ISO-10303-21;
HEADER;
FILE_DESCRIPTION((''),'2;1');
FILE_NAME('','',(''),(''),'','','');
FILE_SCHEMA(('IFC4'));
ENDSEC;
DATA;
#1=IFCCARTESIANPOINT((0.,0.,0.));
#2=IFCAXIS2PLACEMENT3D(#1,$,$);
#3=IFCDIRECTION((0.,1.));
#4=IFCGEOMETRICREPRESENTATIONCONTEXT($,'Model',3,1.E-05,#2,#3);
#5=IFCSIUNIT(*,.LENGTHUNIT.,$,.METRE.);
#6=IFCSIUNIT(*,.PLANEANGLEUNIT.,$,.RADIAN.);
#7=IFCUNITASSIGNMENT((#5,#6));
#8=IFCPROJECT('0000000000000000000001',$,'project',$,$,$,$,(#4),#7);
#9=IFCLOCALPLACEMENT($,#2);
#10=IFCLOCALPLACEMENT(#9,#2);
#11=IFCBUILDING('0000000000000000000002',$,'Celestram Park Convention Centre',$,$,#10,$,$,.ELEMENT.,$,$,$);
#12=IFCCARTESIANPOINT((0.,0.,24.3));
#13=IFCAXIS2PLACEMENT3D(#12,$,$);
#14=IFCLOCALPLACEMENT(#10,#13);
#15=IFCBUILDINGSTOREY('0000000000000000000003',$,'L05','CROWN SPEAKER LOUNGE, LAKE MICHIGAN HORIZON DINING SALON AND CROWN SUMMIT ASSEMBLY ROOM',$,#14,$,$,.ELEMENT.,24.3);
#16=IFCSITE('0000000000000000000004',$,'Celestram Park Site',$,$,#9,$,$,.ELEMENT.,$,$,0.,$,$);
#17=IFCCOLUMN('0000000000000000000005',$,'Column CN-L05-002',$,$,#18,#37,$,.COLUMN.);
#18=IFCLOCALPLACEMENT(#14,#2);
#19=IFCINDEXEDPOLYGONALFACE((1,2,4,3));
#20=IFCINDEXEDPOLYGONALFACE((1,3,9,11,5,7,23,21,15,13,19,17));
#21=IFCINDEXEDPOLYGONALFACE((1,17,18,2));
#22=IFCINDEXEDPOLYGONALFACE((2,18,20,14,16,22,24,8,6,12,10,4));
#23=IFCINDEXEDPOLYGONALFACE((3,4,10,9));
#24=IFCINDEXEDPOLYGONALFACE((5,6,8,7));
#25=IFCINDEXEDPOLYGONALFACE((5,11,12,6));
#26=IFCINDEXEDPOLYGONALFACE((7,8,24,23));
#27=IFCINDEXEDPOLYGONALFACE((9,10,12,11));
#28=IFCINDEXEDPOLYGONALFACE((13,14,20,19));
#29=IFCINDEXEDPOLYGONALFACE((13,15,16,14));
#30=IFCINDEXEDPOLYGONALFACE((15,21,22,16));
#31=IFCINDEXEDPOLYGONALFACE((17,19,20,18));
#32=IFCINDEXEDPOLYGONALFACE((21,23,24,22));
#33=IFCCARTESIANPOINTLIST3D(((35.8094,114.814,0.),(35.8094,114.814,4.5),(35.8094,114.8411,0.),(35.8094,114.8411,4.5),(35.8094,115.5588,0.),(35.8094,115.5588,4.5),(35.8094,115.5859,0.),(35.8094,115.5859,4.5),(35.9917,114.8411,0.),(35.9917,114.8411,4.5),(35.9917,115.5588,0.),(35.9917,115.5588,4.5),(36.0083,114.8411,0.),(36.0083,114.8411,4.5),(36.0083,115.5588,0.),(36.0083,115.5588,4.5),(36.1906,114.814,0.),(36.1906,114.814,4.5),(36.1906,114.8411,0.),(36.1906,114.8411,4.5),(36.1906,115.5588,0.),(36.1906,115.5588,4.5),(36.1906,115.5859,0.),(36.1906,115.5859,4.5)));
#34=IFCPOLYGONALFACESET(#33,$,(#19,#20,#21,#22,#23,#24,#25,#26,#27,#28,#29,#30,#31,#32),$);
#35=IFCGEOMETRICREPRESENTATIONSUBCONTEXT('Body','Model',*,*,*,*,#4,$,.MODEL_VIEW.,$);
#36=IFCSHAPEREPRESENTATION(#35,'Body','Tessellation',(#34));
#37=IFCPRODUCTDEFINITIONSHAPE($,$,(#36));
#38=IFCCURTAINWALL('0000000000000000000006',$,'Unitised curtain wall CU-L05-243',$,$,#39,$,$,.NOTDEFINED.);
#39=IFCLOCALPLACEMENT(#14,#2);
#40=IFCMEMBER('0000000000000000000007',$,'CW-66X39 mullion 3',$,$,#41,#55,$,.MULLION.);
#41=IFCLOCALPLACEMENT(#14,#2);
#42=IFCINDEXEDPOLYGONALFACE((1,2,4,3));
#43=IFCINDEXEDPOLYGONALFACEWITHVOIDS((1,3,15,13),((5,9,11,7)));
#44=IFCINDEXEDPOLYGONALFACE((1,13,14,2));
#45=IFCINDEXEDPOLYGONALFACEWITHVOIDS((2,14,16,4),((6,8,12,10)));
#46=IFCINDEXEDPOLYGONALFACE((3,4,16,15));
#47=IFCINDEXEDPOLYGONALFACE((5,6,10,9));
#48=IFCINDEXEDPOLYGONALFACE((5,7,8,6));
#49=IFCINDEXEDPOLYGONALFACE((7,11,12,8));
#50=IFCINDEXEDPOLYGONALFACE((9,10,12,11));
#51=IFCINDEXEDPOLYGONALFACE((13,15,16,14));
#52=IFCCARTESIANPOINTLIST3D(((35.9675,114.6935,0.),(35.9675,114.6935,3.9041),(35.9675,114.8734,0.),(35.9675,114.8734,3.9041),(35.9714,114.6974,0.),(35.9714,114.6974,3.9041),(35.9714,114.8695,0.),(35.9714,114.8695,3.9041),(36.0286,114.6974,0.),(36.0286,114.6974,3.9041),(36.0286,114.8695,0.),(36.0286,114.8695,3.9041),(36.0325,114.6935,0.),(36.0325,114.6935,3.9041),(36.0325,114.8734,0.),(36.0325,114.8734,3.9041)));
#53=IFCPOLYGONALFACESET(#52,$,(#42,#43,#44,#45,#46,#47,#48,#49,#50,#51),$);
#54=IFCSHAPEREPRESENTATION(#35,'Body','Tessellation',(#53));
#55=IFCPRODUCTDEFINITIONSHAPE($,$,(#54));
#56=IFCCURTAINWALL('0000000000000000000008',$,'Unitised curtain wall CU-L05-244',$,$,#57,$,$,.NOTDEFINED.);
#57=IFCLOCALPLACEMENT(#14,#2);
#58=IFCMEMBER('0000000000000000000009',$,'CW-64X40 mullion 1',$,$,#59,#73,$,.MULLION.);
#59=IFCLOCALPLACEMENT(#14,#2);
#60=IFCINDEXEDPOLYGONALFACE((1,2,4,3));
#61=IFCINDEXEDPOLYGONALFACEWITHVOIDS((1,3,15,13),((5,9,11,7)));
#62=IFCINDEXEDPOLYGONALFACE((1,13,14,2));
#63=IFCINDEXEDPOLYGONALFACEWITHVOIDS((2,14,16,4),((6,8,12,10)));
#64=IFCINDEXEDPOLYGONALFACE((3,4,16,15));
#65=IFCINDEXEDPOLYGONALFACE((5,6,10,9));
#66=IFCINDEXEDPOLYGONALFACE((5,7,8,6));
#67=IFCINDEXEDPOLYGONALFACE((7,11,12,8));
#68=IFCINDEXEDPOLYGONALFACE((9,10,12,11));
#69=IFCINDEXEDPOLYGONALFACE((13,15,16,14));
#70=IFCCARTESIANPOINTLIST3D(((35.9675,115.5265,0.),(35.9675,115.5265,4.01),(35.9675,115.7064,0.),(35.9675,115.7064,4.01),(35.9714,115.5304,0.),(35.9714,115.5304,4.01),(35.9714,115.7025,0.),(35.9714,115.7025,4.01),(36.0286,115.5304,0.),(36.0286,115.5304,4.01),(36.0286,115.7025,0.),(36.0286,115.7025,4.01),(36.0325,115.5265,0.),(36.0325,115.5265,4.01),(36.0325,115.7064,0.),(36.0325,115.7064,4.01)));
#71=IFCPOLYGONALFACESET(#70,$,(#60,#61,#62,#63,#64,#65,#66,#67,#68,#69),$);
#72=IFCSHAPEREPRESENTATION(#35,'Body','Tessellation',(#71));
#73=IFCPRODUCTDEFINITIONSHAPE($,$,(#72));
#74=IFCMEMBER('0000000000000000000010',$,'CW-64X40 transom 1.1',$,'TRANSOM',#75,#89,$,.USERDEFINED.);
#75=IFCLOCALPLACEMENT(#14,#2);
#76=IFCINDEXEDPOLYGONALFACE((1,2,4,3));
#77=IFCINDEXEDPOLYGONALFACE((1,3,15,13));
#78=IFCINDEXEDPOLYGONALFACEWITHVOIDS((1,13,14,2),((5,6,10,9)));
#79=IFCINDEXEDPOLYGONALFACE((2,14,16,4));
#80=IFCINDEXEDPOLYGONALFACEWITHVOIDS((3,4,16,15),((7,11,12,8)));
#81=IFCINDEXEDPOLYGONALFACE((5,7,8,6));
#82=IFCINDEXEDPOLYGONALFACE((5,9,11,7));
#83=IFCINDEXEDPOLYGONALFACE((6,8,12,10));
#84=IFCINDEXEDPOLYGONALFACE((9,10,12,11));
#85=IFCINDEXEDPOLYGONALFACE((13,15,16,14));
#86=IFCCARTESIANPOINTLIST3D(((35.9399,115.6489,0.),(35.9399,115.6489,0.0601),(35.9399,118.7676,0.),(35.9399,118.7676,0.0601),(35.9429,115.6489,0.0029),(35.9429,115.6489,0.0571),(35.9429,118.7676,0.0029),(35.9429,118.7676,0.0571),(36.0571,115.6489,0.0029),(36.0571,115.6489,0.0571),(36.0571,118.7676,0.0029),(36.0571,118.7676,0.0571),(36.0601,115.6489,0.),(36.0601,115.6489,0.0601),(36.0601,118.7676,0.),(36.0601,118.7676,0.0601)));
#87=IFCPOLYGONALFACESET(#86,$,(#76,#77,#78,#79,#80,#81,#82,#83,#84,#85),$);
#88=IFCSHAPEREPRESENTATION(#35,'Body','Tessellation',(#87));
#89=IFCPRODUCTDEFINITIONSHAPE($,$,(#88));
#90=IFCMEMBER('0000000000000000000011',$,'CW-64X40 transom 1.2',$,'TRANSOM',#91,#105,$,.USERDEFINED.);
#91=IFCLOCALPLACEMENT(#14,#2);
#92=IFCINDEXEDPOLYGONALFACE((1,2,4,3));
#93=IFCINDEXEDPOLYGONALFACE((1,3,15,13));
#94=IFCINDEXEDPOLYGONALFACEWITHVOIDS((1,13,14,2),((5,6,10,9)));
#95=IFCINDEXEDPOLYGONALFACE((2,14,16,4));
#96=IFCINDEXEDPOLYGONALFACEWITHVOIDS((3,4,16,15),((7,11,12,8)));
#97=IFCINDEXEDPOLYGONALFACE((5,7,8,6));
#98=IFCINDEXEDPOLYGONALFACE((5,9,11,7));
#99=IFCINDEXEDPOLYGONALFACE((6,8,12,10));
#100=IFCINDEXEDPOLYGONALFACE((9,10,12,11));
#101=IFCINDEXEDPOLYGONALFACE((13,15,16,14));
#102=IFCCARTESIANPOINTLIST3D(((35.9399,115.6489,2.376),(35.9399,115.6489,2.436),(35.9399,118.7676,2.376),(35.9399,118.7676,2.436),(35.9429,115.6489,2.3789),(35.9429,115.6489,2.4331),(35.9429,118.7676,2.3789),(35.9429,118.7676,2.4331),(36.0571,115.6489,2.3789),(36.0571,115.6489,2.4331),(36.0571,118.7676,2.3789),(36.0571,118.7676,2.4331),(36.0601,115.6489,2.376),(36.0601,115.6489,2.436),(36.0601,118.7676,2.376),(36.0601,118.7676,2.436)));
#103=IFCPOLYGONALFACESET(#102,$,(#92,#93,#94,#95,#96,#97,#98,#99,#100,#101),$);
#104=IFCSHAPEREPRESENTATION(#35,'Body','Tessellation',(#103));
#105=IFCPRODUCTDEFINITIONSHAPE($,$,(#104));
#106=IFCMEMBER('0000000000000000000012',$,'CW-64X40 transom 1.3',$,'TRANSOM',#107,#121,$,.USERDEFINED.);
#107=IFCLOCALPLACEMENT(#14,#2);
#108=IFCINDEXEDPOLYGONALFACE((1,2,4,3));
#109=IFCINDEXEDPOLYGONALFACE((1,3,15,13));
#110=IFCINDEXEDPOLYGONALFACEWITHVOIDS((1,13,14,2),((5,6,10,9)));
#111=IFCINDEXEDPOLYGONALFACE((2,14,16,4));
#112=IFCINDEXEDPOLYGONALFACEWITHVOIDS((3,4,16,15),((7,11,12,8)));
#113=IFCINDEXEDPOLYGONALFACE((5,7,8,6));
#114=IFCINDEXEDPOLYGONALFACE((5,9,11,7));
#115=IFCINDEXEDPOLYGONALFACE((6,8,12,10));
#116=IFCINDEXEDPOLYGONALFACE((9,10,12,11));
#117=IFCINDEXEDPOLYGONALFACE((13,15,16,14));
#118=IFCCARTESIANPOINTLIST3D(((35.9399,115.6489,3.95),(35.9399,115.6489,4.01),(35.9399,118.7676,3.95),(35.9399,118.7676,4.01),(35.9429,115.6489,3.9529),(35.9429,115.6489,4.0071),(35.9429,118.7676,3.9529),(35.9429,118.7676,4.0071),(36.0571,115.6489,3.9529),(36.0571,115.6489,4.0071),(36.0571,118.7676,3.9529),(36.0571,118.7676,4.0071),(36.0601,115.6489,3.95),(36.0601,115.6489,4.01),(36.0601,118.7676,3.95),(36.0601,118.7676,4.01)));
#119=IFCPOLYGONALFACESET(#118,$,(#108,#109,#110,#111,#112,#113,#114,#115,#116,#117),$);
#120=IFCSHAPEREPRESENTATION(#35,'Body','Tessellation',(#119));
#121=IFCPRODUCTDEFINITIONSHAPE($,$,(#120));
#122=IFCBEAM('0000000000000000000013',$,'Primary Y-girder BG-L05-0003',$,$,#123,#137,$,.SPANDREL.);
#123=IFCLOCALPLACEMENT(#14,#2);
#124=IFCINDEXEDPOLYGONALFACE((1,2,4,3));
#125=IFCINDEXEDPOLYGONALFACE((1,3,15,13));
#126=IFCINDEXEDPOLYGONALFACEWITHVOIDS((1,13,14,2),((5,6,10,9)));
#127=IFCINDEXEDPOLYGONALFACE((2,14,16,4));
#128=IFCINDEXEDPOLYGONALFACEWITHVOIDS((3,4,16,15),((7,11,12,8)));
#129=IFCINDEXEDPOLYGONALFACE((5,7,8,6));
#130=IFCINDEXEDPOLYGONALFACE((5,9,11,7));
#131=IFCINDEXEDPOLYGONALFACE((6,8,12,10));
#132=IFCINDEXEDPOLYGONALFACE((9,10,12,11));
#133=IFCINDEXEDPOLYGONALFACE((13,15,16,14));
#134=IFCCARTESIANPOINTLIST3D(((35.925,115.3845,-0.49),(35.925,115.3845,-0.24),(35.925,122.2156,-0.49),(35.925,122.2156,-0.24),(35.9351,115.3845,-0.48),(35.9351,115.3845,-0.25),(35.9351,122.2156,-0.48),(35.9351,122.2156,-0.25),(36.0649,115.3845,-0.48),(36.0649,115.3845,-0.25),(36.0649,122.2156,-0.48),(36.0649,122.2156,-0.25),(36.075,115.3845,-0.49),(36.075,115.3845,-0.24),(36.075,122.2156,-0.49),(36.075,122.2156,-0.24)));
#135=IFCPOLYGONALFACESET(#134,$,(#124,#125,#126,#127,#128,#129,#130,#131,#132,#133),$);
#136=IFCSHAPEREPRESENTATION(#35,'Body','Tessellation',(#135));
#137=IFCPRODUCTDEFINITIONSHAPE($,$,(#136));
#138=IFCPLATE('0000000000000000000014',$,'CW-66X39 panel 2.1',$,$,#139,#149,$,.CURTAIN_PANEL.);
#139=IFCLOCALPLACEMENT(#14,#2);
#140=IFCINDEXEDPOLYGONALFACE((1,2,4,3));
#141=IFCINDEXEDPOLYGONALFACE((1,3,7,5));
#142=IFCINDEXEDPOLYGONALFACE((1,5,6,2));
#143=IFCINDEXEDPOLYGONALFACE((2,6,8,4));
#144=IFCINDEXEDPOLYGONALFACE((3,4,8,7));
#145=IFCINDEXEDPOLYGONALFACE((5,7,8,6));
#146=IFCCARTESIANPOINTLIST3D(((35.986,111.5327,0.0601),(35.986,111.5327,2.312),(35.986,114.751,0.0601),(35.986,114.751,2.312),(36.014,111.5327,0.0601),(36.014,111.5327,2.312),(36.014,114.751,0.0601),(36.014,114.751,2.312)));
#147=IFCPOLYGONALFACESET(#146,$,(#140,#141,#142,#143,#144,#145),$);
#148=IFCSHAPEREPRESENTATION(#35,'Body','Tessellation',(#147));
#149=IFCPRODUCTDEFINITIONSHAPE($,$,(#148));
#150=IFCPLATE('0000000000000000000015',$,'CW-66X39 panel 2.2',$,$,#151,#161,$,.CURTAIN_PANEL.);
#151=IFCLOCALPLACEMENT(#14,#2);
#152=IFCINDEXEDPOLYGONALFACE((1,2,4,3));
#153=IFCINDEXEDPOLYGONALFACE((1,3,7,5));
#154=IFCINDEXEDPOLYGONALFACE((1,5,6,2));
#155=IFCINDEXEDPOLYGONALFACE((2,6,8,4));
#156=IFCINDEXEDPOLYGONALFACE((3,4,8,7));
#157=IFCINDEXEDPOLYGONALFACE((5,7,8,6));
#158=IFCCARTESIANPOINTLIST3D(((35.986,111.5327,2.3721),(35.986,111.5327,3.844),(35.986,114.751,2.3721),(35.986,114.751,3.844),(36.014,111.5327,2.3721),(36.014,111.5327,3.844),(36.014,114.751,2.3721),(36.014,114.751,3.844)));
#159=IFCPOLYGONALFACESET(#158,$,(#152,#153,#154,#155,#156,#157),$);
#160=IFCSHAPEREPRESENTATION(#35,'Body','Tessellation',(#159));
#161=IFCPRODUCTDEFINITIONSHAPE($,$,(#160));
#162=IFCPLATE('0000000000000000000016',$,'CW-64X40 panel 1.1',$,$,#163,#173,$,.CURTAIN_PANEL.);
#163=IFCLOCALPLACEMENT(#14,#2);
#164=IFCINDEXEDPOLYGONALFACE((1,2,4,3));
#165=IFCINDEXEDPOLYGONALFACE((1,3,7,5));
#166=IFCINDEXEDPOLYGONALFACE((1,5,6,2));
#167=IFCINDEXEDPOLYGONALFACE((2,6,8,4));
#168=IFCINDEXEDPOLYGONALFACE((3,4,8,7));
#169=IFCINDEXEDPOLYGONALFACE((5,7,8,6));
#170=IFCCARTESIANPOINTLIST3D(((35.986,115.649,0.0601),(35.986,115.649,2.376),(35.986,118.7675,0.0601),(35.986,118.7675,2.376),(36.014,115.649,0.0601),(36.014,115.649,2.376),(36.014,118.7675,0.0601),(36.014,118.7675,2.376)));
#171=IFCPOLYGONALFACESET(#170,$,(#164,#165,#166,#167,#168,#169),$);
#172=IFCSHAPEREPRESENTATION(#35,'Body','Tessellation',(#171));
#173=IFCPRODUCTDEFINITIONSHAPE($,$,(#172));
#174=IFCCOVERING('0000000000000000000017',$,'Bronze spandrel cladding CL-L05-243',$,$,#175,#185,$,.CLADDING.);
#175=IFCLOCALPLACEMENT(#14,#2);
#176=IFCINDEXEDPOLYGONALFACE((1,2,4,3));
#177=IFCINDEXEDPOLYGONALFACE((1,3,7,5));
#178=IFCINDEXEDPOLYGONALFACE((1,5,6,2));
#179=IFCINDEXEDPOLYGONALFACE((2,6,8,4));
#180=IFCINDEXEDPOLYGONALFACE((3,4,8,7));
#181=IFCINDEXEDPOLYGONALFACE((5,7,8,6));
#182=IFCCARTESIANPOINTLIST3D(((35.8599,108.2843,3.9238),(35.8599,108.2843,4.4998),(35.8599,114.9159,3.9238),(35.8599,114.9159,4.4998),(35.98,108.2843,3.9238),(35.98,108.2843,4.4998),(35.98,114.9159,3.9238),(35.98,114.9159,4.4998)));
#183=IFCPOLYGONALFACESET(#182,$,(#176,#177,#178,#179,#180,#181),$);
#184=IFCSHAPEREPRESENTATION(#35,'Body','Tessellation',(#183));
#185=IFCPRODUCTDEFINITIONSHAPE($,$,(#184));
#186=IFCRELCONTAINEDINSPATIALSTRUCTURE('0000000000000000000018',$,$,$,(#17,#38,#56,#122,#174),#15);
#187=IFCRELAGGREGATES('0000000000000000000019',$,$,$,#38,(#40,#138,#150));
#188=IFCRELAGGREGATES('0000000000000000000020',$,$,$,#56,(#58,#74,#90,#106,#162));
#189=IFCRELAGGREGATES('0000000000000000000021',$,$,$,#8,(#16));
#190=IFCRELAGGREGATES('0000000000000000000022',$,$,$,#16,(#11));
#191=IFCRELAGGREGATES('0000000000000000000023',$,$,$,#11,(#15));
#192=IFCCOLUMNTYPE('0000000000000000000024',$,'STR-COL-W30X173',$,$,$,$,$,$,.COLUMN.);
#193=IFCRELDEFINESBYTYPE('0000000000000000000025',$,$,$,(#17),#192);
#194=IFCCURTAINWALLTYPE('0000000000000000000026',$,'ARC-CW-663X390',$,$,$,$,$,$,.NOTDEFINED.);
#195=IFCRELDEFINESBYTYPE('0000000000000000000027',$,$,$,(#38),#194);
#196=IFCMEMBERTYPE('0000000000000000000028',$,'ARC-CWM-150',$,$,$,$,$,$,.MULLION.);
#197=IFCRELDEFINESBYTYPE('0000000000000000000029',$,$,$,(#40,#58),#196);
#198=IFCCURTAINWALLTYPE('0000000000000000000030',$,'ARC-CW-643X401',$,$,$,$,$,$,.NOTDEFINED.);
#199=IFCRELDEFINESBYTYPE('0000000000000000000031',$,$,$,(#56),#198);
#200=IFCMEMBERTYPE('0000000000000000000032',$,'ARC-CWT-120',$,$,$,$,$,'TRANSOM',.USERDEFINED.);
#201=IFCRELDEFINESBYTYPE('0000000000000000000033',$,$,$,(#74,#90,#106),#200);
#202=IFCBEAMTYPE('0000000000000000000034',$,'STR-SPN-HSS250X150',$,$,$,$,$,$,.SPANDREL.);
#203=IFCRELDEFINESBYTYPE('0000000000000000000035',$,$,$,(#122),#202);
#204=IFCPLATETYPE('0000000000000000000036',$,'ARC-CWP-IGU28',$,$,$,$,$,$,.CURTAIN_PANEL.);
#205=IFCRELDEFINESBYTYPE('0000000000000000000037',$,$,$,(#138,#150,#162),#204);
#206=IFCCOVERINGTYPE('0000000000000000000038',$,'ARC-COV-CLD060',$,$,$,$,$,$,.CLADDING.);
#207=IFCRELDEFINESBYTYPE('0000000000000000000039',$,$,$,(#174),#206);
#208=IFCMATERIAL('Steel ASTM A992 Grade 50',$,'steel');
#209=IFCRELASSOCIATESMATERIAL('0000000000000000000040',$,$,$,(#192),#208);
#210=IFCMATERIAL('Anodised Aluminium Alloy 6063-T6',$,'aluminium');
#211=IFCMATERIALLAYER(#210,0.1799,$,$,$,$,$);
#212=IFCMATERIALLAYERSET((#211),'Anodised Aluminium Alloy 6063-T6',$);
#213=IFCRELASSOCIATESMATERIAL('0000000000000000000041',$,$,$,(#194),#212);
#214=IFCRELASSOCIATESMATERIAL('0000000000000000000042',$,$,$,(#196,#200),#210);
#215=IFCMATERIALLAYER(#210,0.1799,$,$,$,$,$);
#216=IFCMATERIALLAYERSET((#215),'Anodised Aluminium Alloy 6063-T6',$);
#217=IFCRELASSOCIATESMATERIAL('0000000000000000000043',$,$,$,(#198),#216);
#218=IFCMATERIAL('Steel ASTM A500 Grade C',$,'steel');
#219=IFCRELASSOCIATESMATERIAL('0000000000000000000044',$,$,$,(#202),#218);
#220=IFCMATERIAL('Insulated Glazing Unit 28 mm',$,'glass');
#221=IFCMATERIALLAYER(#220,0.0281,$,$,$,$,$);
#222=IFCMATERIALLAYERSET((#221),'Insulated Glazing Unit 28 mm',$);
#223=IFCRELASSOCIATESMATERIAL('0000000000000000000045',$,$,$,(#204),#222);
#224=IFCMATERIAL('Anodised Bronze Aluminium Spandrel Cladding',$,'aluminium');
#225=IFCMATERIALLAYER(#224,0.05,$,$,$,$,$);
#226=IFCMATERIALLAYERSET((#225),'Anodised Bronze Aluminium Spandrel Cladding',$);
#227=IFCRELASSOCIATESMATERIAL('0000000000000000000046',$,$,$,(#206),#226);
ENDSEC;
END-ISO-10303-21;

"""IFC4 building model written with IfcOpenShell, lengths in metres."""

from ifc_helpers import new_model, si_unit, direction, frame, origin, origin_2d, place, context, subcontext, project, spatial, rectangle, hollow_rectangle, i_section, extrude, material, layer, layer_set, material_profile, profile_set, type_object, element, aggregate, save


model = new_model("IFC4")

# Units and contexts
model_context = context("Model", 3, precision=1e-05, world=origin(), true_north=direction((0.0, 1.0)))
body_context = subcontext(model_context, "Body", "Model", "MODEL_VIEW")
ifc_project = project(units=[si_unit("LENGTHUNIT", "METRE"), si_unit("PLANEANGLEUNIT", "RADIAN")], contexts=[model_context])

# Site, building, storey
site_placement = place(None, origin())
site = spatial("IfcSite", under=ifc_project, at=site_placement, Name="Celestram Park Site", CompositionType="ELEMENT", RefElevation=0.0)
building_placement = place(site_placement, origin())
building = spatial("IfcBuilding", under=site, at=building_placement, Name="Celestram Park Convention Centre", CompositionType="ELEMENT")
storey_placement = place(building_placement, frame((0.0, 0.0, 24.3)))
storey = spatial("IfcBuildingStorey", under=building, at=storey_placement, Name="L05", Description="CROWN SPEAKER LOUNGE, LAKE MICHIGAN HORIZON DINING SALON AND CROWN SUMMIT ASSEMBLY ROOM", CompositionType="ELEMENT", Elevation=24.3)

# Column
ifc_material_1 = material(Name="Steel ASTM A992 Grade 50", Category="steel")
ifc_material_profile_1 = material_profile(ifc_material_1, i_section(OverallWidth=0.3811, OverallDepth=0.772, WebThickness=0.0166, FlangeThickness=0.0271, at=origin_2d()), Name="W30X173")
ifc_profile_set_1 = profile_set([ifc_material_profile_1], Name="Steel ASTM A992 Grade 50")
column_type = type_object("IfcColumnType", Name="STR-COL-W30X173", PredefinedType="COLUMN", material=ifc_profile_set_1)
column_placement = place(storey_placement, frame((36.0, 115.2, 0.0), z_axis=(0.0, 0.0, 1.0), x_axis=(1.0, 0.0, 0.0)))
element("IfcColumn", 1, at=column_placement, inside=storey, type_object=column_type, Name="Column CN-L05-002", PredefinedType="COLUMN", context=body_context, shape_type="SweptSolid", body=[
    extrude(i_section(OverallWidth=0.3811, OverallDepth=0.772, WebThickness=0.0166, FlangeThickness=0.0271, at=origin_2d()), origin(), (0.0, 0.0, 1.0), 4.5),
])

# Curtain wall, member
ifc_material_2 = material(Name="Anodised Aluminium Alloy 6063-T6", Category="aluminium")
ifc_layer_1 = layer(ifc_material_2, 0.1799)
ifc_layer_set_1 = layer_set([ifc_layer_1], Name="Anodised Aluminium Alloy 6063-T6")
curtain_wall_type_1 = type_object("IfcCurtainWallType", Name="ARC-CW-663X390", PredefinedType="NOTDEFINED", material=ifc_layer_set_1)
curtain_wall_1_placement = place(storey_placement, origin())
curtain_wall_1 = element("IfcCurtainWall", 2, at=curtain_wall_1_placement, inside=storey, type_object=curtain_wall_type_1, Name="Unitised curtain wall CU-L05-243", PredefinedType="NOTDEFINED")
ifc_material_profile_2 = material_profile(ifc_material_2, hollow_rectangle(XDim=0.0649, YDim=0.1799, WallThickness=0.0039, at=origin_2d()), Name="ALU65X180X4")
ifc_profile_set_2 = profile_set([ifc_material_profile_2], Name="Anodised Aluminium Alloy 6063-T6")
member_type_1 = type_object("IfcMemberType", Name="ARC-CWM-150", PredefinedType="MULLION", material=ifc_profile_set_2)
member_1_placement = place(storey_placement, frame((36.0, 114.7834, 0.0), z_axis=(0.0, 0.0, 1.0), x_axis=(-1.0, 0.0, 0.0)))
member_1 = element("IfcMember", 3, at=member_1_placement, type_object=member_type_1, Name="CW-66X39 mullion 3", PredefinedType="MULLION", context=body_context, shape_type="SweptSolid", body=[
    extrude(hollow_rectangle(XDim=0.0649, YDim=0.1799, WallThickness=0.0039, at=origin_2d()), origin(), (0.0, 0.0, 1.0), 3.9041),
])

# Curtain wall, members
ifc_layer_2 = layer(ifc_material_2, 0.1799)
ifc_layer_set_2 = layer_set([ifc_layer_2], Name="Anodised Aluminium Alloy 6063-T6")
curtain_wall_type_2 = type_object("IfcCurtainWallType", Name="ARC-CW-643X401", PredefinedType="NOTDEFINED", material=ifc_layer_set_2)
curtain_wall_2_placement = place(storey_placement, origin())
curtain_wall_2 = element("IfcCurtainWall", 4, at=curtain_wall_2_placement, inside=storey, type_object=curtain_wall_type_2, Name="Unitised curtain wall CU-L05-244", PredefinedType="NOTDEFINED")
member_2_placement = place(storey_placement, frame((36.0, 115.6165, 0.0), z_axis=(0.0, 0.0, 1.0), x_axis=(-1.0, 0.0, 0.0)))
member_2 = element("IfcMember", 5, at=member_2_placement, type_object=member_type_1, Name="CW-64X40 mullion 1", PredefinedType="MULLION", context=body_context, shape_type="SweptSolid", body=[
    extrude(hollow_rectangle(XDim=0.0649, YDim=0.1799, WallThickness=0.0039, at=origin_2d()), origin(), (0.0, 0.0, 1.0), 4.01),
])
ifc_material_profile_3 = material_profile(ifc_material_2, hollow_rectangle(XDim=0.1201, YDim=0.0601, WallThickness=0.0029, at=origin_2d()), Name="ALU120X60X3")
ifc_profile_set_3 = profile_set([ifc_material_profile_3], Name="Anodised Aluminium Alloy 6063-T6")
member_type_2 = type_object("IfcMemberType", Name="ARC-CWT-120", ElementType="TRANSOM", PredefinedType="USERDEFINED", material=ifc_profile_set_3)
member_3_placement = place(storey_placement, frame((36.0, 115.6489, 0.03), z_axis=(0.0, 1.0, 0.0), x_axis=(-1.0, 0.0, 0.0)))
member_3 = element("IfcMember", 6, at=member_3_placement, type_object=member_type_2, Name="CW-64X40 transom 1.1", ObjectType="TRANSOM", PredefinedType="USERDEFINED", context=body_context, shape_type="SweptSolid", body=[
    extrude(hollow_rectangle(XDim=0.1201, YDim=0.0601, WallThickness=0.0029, at=origin_2d()), origin(), (0.0, 0.0, 1.0), 3.1187),
])
member_4_placement = place(storey_placement, frame((36.0, 115.6489, 2.406), z_axis=(0.0, 1.0, 0.0), x_axis=(-1.0, 0.0, 0.0)))
member_4 = element("IfcMember", 7, at=member_4_placement, type_object=member_type_2, Name="CW-64X40 transom 1.2", ObjectType="TRANSOM", PredefinedType="USERDEFINED", context=body_context, shape_type="SweptSolid", body=[
    extrude(hollow_rectangle(XDim=0.1201, YDim=0.0601, WallThickness=0.0029, at=origin_2d()), origin(), (0.0, 0.0, 1.0), 3.1187),
])
member_5_placement = place(storey_placement, frame((36.0, 115.6489, 3.98), z_axis=(0.0, 1.0, 0.0), x_axis=(-1.0, 0.0, 0.0)))
member_5 = element("IfcMember", 8, at=member_5_placement, type_object=member_type_2, Name="CW-64X40 transom 1.3", ObjectType="TRANSOM", PredefinedType="USERDEFINED", context=body_context, shape_type="SweptSolid", body=[
    extrude(hollow_rectangle(XDim=0.1201, YDim=0.0601, WallThickness=0.0029, at=origin_2d()), origin(), (0.0, 0.0, 1.0), 3.1187),
])

# Beam
ifc_material_3 = material(Name="Steel ASTM A500 Grade C", Category="steel")
ifc_material_profile_4 = material_profile(ifc_material_3, hollow_rectangle(XDim=0.1499, YDim=0.25, WallThickness=0.01, at=origin_2d()), Name="HSS250X150X10")
ifc_profile_set_4 = profile_set([ifc_material_profile_4], Name="Steel ASTM A500 Grade C")
beam_type = type_object("IfcBeamType", Name="STR-SPN-HSS250X150", PredefinedType="SPANDREL", material=ifc_profile_set_4)
beam_placement = place(storey_placement, frame((36.0, 115.3845, -0.365), z_axis=(0.0, 1.0, 0.0), x_axis=(-1.0, 0.0, 0.0)))
element("IfcBeam", 9, at=beam_placement, inside=storey, type_object=beam_type, Name="Primary Y-girder BG-L05-0003", PredefinedType="SPANDREL", context=body_context, shape_type="SweptSolid", body=[
    extrude(hollow_rectangle(XDim=0.1499, YDim=0.25, WallThickness=0.01, at=origin_2d()), origin(), (0.0, 0.0, 1.0), 6.8311),
])

# Plates
ifc_material_4 = material(Name="Insulated Glazing Unit 28 mm", Category="glass")
ifc_layer_3 = layer(ifc_material_4, 0.0281)
ifc_layer_set_3 = layer_set([ifc_layer_3], Name="Insulated Glazing Unit 28 mm")
plate_type = type_object("IfcPlateType", Name="ARC-CWP-IGU28", PredefinedType="CURTAIN_PANEL", material=ifc_layer_set_3)
plate_1_placement = place(storey_placement, frame((36.0, 113.1418, 0.0601), z_axis=(0.0, 0.0, 1.0), x_axis=(0.0, 1.0, 0.0)))
plate_1 = element("IfcPlate", 10, at=plate_1_placement, type_object=plate_type, Name="CW-66X39 panel 2.1", PredefinedType="CURTAIN_PANEL", context=body_context, shape_type="SweptSolid", body=[
    extrude(rectangle(XDim=3.2183, YDim=0.0281, at=origin_2d()), origin(), (0.0, 0.0, 1.0), 2.252),
])
plate_2_placement = place(storey_placement, frame((36.0, 113.1418, 2.3721), z_axis=(0.0, 0.0, 1.0), x_axis=(0.0, 1.0, 0.0)))
plate_2 = element("IfcPlate", 11, at=plate_2_placement, type_object=plate_type, Name="CW-66X39 panel 2.2", PredefinedType="CURTAIN_PANEL", context=body_context, shape_type="SweptSolid", body=[
    extrude(rectangle(XDim=3.2183, YDim=0.0281, at=origin_2d()), origin(), (0.0, 0.0, 1.0), 1.4719),
])
aggregate(curtain_wall_1, [member_1, plate_1, plate_2])
plate_3_placement = place(storey_placement, frame((36.0, 117.2083, 0.0601), z_axis=(0.0, 0.0, 1.0), x_axis=(0.0, 1.0, 0.0)))
plate_3 = element("IfcPlate", 12, at=plate_3_placement, type_object=plate_type, Name="CW-64X40 panel 1.1", PredefinedType="CURTAIN_PANEL", context=body_context, shape_type="SweptSolid", body=[
    extrude(rectangle(XDim=3.1184, YDim=0.0281, at=origin_2d()), origin(), (0.0, 0.0, 1.0), 2.3159),
])
aggregate(curtain_wall_2, [member_2, member_3, member_4, member_5, plate_3])

# Covering
ifc_material_5 = material(Name="Anodised Bronze Aluminium Spandrel Cladding", Category="aluminium")
ifc_layer_4 = layer(ifc_material_5, 0.05)
ifc_layer_set_4 = layer_set([ifc_layer_4], Name="Anodised Bronze Aluminium Spandrel Cladding")
covering_type_1 = type_object("IfcCoveringType", Name="ARC-COV-CLD060", PredefinedType="CLADDING", material=ifc_layer_set_4)
covering_1_placement = place(storey_placement, frame((35.9199, 111.6001, 3.9238), z_axis=(0.0, 0.0, 1.0), x_axis=(0.0, 1.0, 0.0)))
element("IfcCovering", 13, at=covering_1_placement, inside=storey, type_object=covering_type_1, Name="Bronze spandrel cladding CL-L05-243", PredefinedType="CLADDING", context=body_context, shape_type="SweptSolid", body=[
    extrude(rectangle(XDim=6.6316, YDim=0.1201, at=origin_2d()), origin(), (0.0, 0.0, 1.0), 0.5759),
])

save(model, "model.ifc")
